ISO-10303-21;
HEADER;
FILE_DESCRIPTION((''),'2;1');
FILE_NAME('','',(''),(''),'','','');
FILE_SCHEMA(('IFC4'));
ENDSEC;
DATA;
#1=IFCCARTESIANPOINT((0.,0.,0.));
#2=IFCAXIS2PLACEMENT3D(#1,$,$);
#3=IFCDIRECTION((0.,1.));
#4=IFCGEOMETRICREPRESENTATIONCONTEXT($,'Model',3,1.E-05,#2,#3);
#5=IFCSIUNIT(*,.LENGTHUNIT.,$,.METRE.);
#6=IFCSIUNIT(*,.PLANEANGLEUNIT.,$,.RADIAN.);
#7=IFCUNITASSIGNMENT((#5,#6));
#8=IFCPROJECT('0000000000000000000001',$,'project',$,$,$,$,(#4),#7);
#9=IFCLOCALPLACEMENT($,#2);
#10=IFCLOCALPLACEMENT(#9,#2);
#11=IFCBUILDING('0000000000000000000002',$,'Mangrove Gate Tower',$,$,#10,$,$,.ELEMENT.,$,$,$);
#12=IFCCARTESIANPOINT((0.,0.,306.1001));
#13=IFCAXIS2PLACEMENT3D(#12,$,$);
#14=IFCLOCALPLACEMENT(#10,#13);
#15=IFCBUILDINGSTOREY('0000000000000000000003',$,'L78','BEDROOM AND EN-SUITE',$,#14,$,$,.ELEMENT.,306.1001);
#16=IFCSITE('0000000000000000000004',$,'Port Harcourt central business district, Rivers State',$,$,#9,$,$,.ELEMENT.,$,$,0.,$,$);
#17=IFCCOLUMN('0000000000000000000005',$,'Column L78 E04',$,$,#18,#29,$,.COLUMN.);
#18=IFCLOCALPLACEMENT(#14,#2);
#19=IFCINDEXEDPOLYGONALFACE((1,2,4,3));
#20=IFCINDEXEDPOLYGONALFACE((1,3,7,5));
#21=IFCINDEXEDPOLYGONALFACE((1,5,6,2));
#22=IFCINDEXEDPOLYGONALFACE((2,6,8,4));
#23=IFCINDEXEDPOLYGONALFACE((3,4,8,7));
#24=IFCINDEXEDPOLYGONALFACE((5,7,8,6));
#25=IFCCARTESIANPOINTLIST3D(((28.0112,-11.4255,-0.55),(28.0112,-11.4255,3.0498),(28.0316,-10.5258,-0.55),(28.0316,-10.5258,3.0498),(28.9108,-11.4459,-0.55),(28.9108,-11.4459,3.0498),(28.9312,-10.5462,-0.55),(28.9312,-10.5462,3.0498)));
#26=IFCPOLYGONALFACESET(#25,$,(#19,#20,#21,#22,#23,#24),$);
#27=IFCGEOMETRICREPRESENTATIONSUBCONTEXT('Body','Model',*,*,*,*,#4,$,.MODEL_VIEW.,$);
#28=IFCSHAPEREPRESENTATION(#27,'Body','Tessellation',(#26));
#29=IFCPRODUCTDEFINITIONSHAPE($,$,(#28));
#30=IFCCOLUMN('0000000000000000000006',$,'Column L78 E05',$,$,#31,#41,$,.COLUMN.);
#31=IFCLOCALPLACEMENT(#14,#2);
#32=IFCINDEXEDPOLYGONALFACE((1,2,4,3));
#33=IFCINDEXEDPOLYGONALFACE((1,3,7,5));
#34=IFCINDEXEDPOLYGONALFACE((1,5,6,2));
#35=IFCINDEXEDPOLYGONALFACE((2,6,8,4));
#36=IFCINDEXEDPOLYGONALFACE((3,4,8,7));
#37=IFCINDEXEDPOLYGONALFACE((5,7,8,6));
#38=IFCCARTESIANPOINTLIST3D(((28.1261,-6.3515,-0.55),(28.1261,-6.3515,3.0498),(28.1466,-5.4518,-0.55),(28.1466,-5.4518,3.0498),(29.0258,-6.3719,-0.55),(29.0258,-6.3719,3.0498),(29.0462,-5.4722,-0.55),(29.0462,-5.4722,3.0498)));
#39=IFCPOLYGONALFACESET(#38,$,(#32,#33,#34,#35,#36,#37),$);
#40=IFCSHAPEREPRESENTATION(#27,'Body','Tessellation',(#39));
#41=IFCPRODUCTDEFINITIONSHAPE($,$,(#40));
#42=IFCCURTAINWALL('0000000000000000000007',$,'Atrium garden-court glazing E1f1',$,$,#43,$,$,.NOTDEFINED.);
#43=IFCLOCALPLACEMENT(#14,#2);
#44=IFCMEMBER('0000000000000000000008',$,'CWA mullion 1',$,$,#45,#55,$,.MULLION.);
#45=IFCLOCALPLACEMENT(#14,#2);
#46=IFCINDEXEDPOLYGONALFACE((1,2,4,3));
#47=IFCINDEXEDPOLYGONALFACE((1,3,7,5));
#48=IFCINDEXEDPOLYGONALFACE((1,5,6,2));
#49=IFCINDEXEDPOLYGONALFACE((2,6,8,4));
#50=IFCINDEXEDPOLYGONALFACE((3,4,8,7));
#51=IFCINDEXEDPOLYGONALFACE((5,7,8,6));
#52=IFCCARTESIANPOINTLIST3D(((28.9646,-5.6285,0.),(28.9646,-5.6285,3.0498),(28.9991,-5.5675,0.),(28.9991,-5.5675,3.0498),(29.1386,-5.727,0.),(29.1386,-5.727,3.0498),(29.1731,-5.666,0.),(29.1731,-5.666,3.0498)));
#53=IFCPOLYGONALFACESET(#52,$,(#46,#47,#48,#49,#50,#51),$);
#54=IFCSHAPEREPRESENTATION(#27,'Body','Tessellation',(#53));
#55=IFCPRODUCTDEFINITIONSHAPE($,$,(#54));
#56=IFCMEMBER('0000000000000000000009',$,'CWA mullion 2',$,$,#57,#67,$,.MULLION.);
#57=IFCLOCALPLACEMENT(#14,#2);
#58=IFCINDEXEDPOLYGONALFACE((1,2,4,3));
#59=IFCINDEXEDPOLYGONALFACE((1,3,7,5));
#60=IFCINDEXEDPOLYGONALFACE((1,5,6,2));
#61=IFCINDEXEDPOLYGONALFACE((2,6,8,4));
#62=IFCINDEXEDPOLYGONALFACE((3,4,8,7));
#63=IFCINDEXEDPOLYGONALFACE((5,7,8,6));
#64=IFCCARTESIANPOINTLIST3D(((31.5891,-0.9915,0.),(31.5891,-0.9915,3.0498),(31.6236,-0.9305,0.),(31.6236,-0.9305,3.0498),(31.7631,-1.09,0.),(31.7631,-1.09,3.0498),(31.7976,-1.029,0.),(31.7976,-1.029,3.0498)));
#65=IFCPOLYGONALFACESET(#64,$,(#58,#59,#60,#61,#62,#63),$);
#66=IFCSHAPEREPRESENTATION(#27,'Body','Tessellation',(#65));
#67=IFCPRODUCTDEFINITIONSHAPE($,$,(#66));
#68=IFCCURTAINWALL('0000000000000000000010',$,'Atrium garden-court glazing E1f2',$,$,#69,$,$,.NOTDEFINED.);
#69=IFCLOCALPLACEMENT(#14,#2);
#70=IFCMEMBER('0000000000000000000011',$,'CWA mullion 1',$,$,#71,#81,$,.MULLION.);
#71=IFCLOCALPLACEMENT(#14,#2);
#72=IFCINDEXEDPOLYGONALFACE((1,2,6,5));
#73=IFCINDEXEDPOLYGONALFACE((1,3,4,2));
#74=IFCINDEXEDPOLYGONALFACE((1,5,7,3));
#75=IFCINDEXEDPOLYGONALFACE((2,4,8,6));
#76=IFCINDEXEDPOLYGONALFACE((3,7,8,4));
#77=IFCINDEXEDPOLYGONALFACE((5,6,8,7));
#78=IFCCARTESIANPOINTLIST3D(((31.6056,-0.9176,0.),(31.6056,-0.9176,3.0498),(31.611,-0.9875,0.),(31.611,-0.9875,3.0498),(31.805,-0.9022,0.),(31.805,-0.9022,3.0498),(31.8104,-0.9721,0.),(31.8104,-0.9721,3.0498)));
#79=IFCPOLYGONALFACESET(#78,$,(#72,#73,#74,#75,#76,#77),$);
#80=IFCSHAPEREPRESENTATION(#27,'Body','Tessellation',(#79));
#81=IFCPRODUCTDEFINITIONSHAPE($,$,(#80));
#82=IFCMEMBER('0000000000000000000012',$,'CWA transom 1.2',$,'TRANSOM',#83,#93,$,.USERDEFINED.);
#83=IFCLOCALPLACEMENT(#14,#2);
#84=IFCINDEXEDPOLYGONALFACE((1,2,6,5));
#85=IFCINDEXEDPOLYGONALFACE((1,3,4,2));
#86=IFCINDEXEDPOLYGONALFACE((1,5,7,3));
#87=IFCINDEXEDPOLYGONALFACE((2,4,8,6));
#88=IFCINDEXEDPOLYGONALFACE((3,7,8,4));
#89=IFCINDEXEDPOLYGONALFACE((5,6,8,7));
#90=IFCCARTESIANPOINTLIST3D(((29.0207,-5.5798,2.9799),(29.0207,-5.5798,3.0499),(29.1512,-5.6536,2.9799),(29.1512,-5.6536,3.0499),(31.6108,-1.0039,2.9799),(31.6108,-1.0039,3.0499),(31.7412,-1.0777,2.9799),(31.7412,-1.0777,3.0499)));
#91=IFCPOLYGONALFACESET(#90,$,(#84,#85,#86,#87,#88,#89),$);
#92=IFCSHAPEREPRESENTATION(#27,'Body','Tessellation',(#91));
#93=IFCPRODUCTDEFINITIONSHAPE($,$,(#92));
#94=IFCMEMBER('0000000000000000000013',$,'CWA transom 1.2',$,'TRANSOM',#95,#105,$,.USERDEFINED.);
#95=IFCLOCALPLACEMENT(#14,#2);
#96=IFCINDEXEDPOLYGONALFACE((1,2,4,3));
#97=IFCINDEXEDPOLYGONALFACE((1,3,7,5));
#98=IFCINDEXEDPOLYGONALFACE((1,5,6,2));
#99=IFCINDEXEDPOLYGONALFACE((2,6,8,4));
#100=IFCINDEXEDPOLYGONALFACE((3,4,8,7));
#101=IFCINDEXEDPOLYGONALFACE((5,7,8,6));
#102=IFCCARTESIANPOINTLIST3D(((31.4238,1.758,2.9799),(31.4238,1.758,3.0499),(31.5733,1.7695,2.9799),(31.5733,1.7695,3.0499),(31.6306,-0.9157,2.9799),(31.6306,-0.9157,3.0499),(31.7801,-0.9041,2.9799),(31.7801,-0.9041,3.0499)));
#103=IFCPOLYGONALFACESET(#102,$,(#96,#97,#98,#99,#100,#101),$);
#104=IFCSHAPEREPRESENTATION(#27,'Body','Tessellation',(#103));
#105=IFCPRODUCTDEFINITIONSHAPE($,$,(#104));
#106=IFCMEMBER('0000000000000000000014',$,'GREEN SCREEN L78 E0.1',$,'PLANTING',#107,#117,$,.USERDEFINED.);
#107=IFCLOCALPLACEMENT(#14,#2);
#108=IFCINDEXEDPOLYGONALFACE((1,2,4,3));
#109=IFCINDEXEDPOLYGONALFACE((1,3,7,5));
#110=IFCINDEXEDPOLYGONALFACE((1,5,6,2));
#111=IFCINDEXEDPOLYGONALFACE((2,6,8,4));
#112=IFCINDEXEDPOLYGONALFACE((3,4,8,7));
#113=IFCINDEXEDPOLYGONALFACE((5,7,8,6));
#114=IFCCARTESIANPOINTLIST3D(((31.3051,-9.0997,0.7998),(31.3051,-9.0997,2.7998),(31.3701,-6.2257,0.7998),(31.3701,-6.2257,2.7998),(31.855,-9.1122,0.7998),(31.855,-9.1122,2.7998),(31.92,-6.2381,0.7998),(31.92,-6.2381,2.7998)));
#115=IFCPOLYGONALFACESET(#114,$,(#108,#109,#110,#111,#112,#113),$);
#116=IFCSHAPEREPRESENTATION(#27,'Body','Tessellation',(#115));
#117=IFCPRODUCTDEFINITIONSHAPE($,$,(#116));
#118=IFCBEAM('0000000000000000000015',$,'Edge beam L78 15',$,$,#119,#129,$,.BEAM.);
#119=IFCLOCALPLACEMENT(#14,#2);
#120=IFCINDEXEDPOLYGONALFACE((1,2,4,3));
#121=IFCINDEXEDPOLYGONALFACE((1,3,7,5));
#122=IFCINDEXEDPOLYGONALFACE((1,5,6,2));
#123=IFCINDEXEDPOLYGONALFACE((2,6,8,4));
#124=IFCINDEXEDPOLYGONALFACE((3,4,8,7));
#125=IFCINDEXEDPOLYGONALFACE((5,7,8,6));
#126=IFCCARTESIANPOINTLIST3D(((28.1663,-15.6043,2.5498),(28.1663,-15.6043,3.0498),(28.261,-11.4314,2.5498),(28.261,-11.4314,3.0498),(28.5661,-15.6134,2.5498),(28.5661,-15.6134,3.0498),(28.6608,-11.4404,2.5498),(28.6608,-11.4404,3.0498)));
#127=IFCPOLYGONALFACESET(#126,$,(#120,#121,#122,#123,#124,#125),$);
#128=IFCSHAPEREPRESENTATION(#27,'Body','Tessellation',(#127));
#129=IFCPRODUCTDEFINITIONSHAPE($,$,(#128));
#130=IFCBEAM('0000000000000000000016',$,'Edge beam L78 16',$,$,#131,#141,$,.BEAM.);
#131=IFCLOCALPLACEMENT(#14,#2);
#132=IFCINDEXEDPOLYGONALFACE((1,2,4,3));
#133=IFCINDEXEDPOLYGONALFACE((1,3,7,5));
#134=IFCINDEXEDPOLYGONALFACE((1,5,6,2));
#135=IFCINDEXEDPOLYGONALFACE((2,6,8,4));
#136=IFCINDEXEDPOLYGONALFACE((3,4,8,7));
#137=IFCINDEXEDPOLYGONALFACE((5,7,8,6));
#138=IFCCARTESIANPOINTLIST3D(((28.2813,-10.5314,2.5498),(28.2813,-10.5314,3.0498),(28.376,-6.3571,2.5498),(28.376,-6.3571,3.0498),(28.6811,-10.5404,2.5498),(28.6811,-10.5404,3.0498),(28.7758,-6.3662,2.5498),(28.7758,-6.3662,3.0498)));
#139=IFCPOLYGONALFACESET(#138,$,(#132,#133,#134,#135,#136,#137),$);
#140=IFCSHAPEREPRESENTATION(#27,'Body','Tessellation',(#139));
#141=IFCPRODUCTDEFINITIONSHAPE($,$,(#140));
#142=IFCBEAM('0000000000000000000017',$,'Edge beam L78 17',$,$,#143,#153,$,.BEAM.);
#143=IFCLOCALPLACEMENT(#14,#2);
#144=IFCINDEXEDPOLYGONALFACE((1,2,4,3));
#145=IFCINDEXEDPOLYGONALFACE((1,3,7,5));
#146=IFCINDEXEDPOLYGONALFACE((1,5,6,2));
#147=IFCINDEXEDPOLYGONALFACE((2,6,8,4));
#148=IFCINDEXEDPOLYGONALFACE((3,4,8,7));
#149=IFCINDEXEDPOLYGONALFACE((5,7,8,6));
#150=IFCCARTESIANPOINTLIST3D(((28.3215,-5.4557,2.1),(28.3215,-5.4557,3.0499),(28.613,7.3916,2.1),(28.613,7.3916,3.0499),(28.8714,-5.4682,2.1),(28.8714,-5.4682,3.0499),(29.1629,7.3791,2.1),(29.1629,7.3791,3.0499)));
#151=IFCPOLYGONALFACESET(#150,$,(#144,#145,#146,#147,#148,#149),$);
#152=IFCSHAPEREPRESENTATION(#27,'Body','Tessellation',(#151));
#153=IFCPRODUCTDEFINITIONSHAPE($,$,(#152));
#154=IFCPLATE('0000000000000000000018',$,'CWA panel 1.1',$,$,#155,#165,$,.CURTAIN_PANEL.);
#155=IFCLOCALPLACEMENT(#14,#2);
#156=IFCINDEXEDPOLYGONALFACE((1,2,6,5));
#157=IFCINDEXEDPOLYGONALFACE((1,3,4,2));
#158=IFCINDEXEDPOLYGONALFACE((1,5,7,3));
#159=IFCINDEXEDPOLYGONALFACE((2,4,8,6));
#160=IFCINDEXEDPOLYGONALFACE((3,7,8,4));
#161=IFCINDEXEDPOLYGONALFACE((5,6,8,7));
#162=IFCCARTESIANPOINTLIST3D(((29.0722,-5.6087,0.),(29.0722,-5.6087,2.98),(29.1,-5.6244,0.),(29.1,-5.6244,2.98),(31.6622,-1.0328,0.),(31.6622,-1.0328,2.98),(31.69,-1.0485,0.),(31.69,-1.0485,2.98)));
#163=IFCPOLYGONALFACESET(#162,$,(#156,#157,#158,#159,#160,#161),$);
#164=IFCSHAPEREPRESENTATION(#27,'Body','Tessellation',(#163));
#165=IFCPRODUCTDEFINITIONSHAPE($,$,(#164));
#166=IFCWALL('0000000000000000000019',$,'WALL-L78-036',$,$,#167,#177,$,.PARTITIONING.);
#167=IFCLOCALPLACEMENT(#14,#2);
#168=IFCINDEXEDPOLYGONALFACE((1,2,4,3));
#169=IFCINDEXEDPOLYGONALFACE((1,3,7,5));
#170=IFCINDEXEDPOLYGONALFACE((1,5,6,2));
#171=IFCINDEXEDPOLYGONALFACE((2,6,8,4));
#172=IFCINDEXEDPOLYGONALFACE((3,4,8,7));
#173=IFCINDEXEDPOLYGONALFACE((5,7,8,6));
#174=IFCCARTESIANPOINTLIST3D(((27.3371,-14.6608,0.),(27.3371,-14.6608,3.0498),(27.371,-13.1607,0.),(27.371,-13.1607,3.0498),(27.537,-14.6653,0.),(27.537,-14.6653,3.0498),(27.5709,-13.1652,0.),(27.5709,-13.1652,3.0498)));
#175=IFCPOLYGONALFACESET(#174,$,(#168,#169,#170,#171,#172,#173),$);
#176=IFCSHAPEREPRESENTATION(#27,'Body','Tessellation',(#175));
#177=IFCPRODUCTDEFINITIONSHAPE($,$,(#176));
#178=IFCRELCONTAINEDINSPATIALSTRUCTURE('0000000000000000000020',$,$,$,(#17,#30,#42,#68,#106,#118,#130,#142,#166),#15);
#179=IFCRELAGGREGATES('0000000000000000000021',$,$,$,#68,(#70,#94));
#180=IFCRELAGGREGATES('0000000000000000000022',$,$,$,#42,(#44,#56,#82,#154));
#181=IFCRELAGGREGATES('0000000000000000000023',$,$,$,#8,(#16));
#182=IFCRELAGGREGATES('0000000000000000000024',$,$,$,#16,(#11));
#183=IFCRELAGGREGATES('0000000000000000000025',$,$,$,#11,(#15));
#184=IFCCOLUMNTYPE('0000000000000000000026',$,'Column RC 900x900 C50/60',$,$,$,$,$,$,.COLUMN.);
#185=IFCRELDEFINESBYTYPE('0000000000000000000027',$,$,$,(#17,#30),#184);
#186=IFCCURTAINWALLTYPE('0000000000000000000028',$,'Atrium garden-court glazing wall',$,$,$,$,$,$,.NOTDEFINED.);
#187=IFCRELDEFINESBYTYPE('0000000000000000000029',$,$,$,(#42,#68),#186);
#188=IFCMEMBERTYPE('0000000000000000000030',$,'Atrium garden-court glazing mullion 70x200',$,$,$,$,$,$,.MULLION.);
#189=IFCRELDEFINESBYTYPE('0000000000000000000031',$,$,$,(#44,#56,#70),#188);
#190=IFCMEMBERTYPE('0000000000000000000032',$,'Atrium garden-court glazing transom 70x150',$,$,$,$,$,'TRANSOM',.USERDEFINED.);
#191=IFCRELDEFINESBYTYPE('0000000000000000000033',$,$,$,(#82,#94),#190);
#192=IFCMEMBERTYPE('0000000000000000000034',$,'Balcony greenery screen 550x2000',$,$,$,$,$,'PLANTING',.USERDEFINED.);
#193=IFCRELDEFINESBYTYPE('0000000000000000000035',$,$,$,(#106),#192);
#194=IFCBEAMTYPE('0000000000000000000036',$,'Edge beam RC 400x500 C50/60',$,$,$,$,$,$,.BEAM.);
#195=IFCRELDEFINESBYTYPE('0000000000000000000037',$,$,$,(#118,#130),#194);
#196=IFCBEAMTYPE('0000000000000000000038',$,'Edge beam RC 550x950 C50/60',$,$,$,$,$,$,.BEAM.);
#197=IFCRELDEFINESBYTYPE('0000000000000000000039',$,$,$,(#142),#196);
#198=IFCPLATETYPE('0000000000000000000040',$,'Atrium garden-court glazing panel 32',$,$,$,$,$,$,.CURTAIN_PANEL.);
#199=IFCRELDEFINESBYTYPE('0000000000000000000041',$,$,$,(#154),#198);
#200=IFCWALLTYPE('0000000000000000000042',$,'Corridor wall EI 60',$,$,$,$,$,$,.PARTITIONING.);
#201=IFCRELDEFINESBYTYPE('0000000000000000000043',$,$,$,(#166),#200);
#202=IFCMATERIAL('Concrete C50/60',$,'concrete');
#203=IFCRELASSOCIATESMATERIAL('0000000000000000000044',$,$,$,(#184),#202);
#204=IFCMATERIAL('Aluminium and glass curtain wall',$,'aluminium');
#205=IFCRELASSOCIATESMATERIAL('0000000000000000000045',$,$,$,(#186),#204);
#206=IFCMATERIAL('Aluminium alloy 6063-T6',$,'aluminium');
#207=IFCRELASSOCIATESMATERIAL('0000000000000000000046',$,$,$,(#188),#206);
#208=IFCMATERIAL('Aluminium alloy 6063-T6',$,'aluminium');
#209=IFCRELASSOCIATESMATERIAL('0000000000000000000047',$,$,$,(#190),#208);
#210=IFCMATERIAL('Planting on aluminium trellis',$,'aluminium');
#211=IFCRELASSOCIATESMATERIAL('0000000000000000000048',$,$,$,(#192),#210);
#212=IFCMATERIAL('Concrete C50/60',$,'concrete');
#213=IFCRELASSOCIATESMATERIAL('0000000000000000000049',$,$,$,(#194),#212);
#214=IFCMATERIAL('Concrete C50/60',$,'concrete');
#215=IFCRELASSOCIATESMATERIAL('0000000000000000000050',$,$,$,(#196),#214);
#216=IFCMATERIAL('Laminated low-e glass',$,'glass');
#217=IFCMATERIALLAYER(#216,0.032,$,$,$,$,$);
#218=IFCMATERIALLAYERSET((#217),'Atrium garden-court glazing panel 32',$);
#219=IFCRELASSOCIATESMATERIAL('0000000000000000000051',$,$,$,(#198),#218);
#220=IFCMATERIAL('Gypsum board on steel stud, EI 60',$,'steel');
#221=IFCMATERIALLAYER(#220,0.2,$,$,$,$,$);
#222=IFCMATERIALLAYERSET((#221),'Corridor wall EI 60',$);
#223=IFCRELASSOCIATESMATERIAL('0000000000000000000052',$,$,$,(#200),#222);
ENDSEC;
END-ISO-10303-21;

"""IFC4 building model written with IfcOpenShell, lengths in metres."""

from ifc_helpers import new_model, si_unit, direction, frame, frame_2d, origin, origin_2d, place, context, subcontext, project, spatial, rectangle, extrude, material, layer, layer_set, material_profile, profile_set, type_object, element, aggregate, save


model = new_model("IFC4")

# Units and contexts
model_context = context("Model", 3, precision=1e-05, world=origin(), true_north=direction((0.0, 1.0)))
body_context = subcontext(model_context, "Body", "Model", "MODEL_VIEW")
ifc_project = project(units=[si_unit("LENGTHUNIT", "METRE"), si_unit("PLANEANGLEUNIT", "RADIAN")], contexts=[model_context])

# Site, building, storey
site_placement = place(None, origin())
site = spatial("IfcSite", under=ifc_project, at=site_placement, Name="Port Harcourt central business district, Rivers State", CompositionType="ELEMENT", RefElevation=0.0)
building_placement = place(site_placement, origin())
building = spatial("IfcBuilding", under=site, at=building_placement, Name="Mangrove Gate Tower", CompositionType="ELEMENT")
storey_placement = place(building_placement, frame((0.0, 0.0, 306.1001)))
storey = spatial("IfcBuildingStorey", under=building, at=storey_placement, Name="L78", Description="BEDROOM AND EN-SUITE", CompositionType="ELEMENT", Elevation=306.1001)

# Columns
ifc_material_1 = material(Name="Concrete C50/60", Category="concrete")
ifc_material_profile_1 = material_profile(ifc_material_1, rectangle(XDim=0.8999, YDim=0.8999, at=origin_2d()))
ifc_profile_set_1 = profile_set([ifc_material_profile_1], Name="Concrete C50/60")
column_type = type_object("IfcColumnType", Name="Column RC 900x900 C50/60", PredefinedType="COLUMN", material=ifc_profile_set_1)
for number, where, z_axis, x_axis, name in (
    (1, (28.4712, -10.9858, -0.55), (0.0, 0.0, 1.0), (0.022661, 0.999743, 0.0), "Column L78 E04"),
    (2, (28.5862, -5.9119, -0.55), (0.0, 0.0, 1.0), (0.022682, 0.999743, 0.0), "Column L78 E05"),
):
    element("IfcColumn", number, at=place(storey_placement, frame(where, z_axis=z_axis, x_axis=x_axis)), inside=storey, type_object=column_type, Name=name, PredefinedType="COLUMN", context=body_context, shape_type="SweptSolid", body=[
        extrude(rectangle(XDim=0.8999, YDim=0.8999, at=origin_2d()), origin(), (0.0, 0.0, 1.0), 3.5999),
    ])

# Curtain wall, members
ifc_material_2 = material(Name="Aluminium and glass curtain wall", Category="aluminium")
curtain_wall_type = type_object("IfcCurtainWallType", Name="Atrium garden-court glazing wall", PredefinedType="NOTDEFINED", material=ifc_material_2)
curtain_wall_1_placement = place(storey_placement, origin())
curtain_wall_1 = element("IfcCurtainWall", 3, at=curtain_wall_1_placement, inside=storey, type_object=curtain_wall_type, Name="Atrium garden-court glazing E1f1", PredefinedType="NOTDEFINED")
ifc_material_3 = material(Name="Aluminium alloy 6063-T6", Category="aluminium")
ifc_material_profile_2 = material_profile(ifc_material_3, rectangle(XDim=0.0701, YDim=0.2, at=origin_2d()))
ifc_profile_set_2 = profile_set([ifc_material_profile_2], Name="Aluminium alloy 6063-T6")
member_type_1 = type_object("IfcMemberType", Name="Atrium garden-court glazing mullion 70x200", PredefinedType="MULLION", material=ifc_profile_set_2)
member_1_placement = place(storey_placement, frame((29.0688, -5.6472, 0.0), z_axis=(0.0, 0.0, 1.0), x_axis=(0.492587, 0.870263, 0.0)))
member_1 = element("IfcMember", 4, at=member_1_placement, type_object=member_type_1, Name="CWA mullion 1", PredefinedType="MULLION", context=body_context, shape_type="SweptSolid", body=[
    extrude(rectangle(XDim=0.0701, YDim=0.2, at=origin_2d()), origin(), (0.0, 0.0, 1.0), 3.0498),
])
member_2_placement = place(storey_placement, frame((31.6934, -1.0103, 0.0), z_axis=(0.0, 0.0, 1.0), x_axis=(0.492587, 0.870263, 0.0)))
member_2 = element("IfcMember", 5, at=member_2_placement, type_object=member_type_1, Name="CWA mullion 2", PredefinedType="MULLION", context=body_context, shape_type="SweptSolid", body=[
    extrude(rectangle(XDim=0.0701, YDim=0.2, at=origin_2d()), origin(), (0.0, 0.0, 1.0), 3.0498),
])

# Curtain wall, member
curtain_wall_2_placement = place(storey_placement, origin())
curtain_wall_2 = element("IfcCurtainWall", 6, at=curtain_wall_2_placement, inside=storey, type_object=curtain_wall_type, Name="Atrium garden-court glazing E1f2", PredefinedType="NOTDEFINED")
member_3_placement = place(storey_placement, frame((31.708, -0.9448, 0.0), z_axis=(0.0, 0.0, 1.0), x_axis=(-0.077023, 0.997029, 0.0)))
member_3 = element("IfcMember", 7, at=member_3_placement, type_object=member_type_1, Name="CWA mullion 1", PredefinedType="MULLION", context=body_context, shape_type="SweptSolid", body=[
    extrude(rectangle(XDim=0.0701, YDim=0.2, at=origin_2d()), origin(), (0.0, 0.0, 1.0), 3.0498),
])

# Members
ifc_material_4 = material(Name="Aluminium alloy 6063-T6", Category="aluminium")
ifc_material_profile_3 = material_profile(ifc_material_4, rectangle(XDim=0.0701, YDim=0.1499, at=origin_2d()))
ifc_profile_set_3 = profile_set([ifc_material_profile_3], Name="Aluminium alloy 6063-T6")
member_type_2 = type_object("IfcMemberType", Name="Atrium garden-court glazing transom 70x150", ElementType="TRANSOM", PredefinedType="USERDEFINED", material=ifc_profile_set_3)
member_4_placement = place(storey_placement, frame((29.0859, -5.6167, 3.0149), z_axis=(0.49259, 0.870262, 0.0), x_axis=(0.0, 0.0, 1.0)))
member_4 = element("IfcMember", 8, at=member_4_placement, type_object=member_type_2, Name="CWA transom 1.2", ObjectType="TRANSOM", PredefinedType="USERDEFINED", context=body_context, shape_type="SweptSolid", body=[
    extrude(rectangle(XDim=0.0701, YDim=0.1499, at=origin_2d()), origin(), (0.0, 0.0, 1.0), 5.2581),
])
member_5_placement = place(storey_placement, frame((31.7053, -0.9099, 3.0149), z_axis=(-0.077114, 0.997022, 0.0), x_axis=(0.0, 0.0, 1.0)))
member_5 = element("IfcMember", 9, at=member_5_placement, type_object=member_type_2, Name="CWA transom 1.2", ObjectType="TRANSOM", PredefinedType="USERDEFINED", context=body_context, shape_type="SweptSolid", body=[
    extrude(rectangle(XDim=0.0701, YDim=0.1499, at=origin_2d()), origin(), (0.0, 0.0, 1.0), 2.6816),
])
aggregate(curtain_wall_2, [member_3, member_5])
ifc_material_5 = material(Name="Planting on aluminium trellis", Category="aluminium")
ifc_material_profile_4 = material_profile(ifc_material_5, rectangle(XDim=0.55, YDim=2.0, at=origin_2d()))
ifc_profile_set_4 = profile_set([ifc_material_profile_4], Name="Planting on aluminium trellis")
member_type_3 = type_object("IfcMemberType", Name="Balcony greenery screen 550x2000", ElementType="PLANTING", PredefinedType="USERDEFINED", material=ifc_profile_set_4)
member_6_placement = place(storey_placement, frame((31.5801, -9.106, 1.7998), z_axis=(0.02259, 0.999745, 0.0), x_axis=(-0.999745, 0.02259, 0.0)))
element("IfcMember", 10, at=member_6_placement, inside=storey, type_object=member_type_3, Name="GREEN SCREEN L78 E0.1", ObjectType="PLANTING", PredefinedType="USERDEFINED", context=body_context, shape_type="SweptSolid", body=[
    extrude(rectangle(XDim=0.55, YDim=2.0, at=origin_2d()), origin(), (0.0, 0.0, 1.0), 2.8748),
])

# Beams
ifc_material_6 = material(Name="Concrete C50/60", Category="concrete")
ifc_material_profile_5 = material_profile(ifc_material_6, rectangle(XDim=0.3999, YDim=0.5, at=origin_2d()))
ifc_profile_set_5 = profile_set([ifc_material_profile_5], Name="Concrete C50/60")
beam_type_1 = type_object("IfcBeamType", Name="Edge beam RC 400x500 C50/60", PredefinedType="BEAM", material=ifc_profile_set_5)
beam_1_placement = place(storey_placement, frame((28.3662, -15.6089, 2.7998), z_axis=(0.022694, 0.999742, 0.0), x_axis=(-0.999742, 0.022694, 0.0)))
element("IfcBeam", 11, at=beam_1_placement, inside=storey, type_object=beam_type_1, Name="Edge beam L78 15", PredefinedType="BEAM", context=body_context, shape_type="SweptSolid", body=[
    extrude(rectangle(XDim=0.3999, YDim=0.5, at=origin_2d()), origin(), (0.0, 0.0, 1.0), 4.1741),
])
beam_2_placement = place(storey_placement, frame((28.4812, -10.5359, 2.7998), z_axis=(0.022687, 0.999743, 0.0), x_axis=(-0.999743, 0.022687, 0.0)))
element("IfcBeam", 12, at=beam_2_placement, inside=storey, type_object=beam_type_1, Name="Edge beam L78 16", PredefinedType="BEAM", context=body_context, shape_type="SweptSolid", body=[
    extrude(rectangle(XDim=0.3999, YDim=0.5, at=origin_2d()), origin(), (0.0, 0.0, 1.0), 4.1753),
])
ifc_material_7 = material(Name="Concrete C50/60", Category="concrete")
ifc_material_profile_6 = material_profile(ifc_material_7, rectangle(XDim=0.55, YDim=0.95, at=origin_2d()))
ifc_profile_set_6 = profile_set([ifc_material_profile_6], Name="Concrete C50/60")
beam_type_2 = type_object("IfcBeamType", Name="Edge beam RC 550x950 C50/60", PredefinedType="BEAM", material=ifc_profile_set_6)
beam_3_placement = place(storey_placement, frame((28.5964, -5.4619, 2.575), z_axis=(0.022684, 0.999743, 0.0), x_axis=(-0.999743, 0.022684, 0.0)))
element("IfcBeam", 13, at=beam_3_placement, inside=storey, type_object=beam_type_2, Name="Edge beam L78 17", PredefinedType="BEAM", context=body_context, shape_type="SweptSolid", body=[
    extrude(rectangle(XDim=0.55, YDim=0.95, at=origin_2d()), origin(), (0.0, 0.0, 1.0), 12.8506),
])

# Plate
ifc_material_8 = material(Name="Laminated low-e glass", Category="glass")
ifc_layer_1 = layer(ifc_material_8, 0.032)
ifc_layer_set_1 = layer_set([ifc_layer_1], Name="Atrium garden-court glazing panel 32")
plate_type = type_object("IfcPlateType", Name="Atrium garden-court glazing panel 32", PredefinedType="CURTAIN_PANEL", material=ifc_layer_set_1)
plate_placement = place(storey_placement, frame((30.3811, -3.3286, 0.0), z_axis=(0.0, 0.0, 1.0), x_axis=(0.492587, 0.870263, 0.0)))
plate = element("IfcPlate", 14, at=plate_placement, type_object=plate_type, Name="CWA panel 1.1", PredefinedType="CURTAIN_PANEL", context=body_context, shape_type="SweptSolid", body=[
    extrude(rectangle(XDim=5.2581, YDim=0.032, at=origin_2d()), origin(), (0.0, 0.0, 1.0), 2.98),
])
aggregate(curtain_wall_1, [member_1, member_2, member_4, plate])

# Wall
ifc_material_9 = material(Name="Gypsum board on steel stud, EI 60", Category="steel")
ifc_layer_2 = layer(ifc_material_9, 0.2)
ifc_layer_set_2 = layer_set([ifc_layer_2], Name="Corridor wall EI 60")
wall_type_1 = type_object("IfcWallType", Name="Corridor wall EI 60", PredefinedType="PARTITIONING", material=ifc_layer_set_2)
wall_1_placement = place(storey_placement, frame((27.437, -14.6631, 0.0), z_axis=(0.0, 0.0, 1.0), x_axis=(0.022618, 0.999744, 0.0)))
element("IfcWall", 15, at=wall_1_placement, inside=storey, type_object=wall_type_1, Name="WALL-L78-036", PredefinedType="PARTITIONING", context=body_context, shape_type="SweptSolid", body=[
    extrude(rectangle(XDim=1.5005, YDim=0.2, at=frame_2d((0.7502, 0.0))), origin(), (0.0, 0.0, 1.0), 3.0498),
])

save(model, "model.ifc")
